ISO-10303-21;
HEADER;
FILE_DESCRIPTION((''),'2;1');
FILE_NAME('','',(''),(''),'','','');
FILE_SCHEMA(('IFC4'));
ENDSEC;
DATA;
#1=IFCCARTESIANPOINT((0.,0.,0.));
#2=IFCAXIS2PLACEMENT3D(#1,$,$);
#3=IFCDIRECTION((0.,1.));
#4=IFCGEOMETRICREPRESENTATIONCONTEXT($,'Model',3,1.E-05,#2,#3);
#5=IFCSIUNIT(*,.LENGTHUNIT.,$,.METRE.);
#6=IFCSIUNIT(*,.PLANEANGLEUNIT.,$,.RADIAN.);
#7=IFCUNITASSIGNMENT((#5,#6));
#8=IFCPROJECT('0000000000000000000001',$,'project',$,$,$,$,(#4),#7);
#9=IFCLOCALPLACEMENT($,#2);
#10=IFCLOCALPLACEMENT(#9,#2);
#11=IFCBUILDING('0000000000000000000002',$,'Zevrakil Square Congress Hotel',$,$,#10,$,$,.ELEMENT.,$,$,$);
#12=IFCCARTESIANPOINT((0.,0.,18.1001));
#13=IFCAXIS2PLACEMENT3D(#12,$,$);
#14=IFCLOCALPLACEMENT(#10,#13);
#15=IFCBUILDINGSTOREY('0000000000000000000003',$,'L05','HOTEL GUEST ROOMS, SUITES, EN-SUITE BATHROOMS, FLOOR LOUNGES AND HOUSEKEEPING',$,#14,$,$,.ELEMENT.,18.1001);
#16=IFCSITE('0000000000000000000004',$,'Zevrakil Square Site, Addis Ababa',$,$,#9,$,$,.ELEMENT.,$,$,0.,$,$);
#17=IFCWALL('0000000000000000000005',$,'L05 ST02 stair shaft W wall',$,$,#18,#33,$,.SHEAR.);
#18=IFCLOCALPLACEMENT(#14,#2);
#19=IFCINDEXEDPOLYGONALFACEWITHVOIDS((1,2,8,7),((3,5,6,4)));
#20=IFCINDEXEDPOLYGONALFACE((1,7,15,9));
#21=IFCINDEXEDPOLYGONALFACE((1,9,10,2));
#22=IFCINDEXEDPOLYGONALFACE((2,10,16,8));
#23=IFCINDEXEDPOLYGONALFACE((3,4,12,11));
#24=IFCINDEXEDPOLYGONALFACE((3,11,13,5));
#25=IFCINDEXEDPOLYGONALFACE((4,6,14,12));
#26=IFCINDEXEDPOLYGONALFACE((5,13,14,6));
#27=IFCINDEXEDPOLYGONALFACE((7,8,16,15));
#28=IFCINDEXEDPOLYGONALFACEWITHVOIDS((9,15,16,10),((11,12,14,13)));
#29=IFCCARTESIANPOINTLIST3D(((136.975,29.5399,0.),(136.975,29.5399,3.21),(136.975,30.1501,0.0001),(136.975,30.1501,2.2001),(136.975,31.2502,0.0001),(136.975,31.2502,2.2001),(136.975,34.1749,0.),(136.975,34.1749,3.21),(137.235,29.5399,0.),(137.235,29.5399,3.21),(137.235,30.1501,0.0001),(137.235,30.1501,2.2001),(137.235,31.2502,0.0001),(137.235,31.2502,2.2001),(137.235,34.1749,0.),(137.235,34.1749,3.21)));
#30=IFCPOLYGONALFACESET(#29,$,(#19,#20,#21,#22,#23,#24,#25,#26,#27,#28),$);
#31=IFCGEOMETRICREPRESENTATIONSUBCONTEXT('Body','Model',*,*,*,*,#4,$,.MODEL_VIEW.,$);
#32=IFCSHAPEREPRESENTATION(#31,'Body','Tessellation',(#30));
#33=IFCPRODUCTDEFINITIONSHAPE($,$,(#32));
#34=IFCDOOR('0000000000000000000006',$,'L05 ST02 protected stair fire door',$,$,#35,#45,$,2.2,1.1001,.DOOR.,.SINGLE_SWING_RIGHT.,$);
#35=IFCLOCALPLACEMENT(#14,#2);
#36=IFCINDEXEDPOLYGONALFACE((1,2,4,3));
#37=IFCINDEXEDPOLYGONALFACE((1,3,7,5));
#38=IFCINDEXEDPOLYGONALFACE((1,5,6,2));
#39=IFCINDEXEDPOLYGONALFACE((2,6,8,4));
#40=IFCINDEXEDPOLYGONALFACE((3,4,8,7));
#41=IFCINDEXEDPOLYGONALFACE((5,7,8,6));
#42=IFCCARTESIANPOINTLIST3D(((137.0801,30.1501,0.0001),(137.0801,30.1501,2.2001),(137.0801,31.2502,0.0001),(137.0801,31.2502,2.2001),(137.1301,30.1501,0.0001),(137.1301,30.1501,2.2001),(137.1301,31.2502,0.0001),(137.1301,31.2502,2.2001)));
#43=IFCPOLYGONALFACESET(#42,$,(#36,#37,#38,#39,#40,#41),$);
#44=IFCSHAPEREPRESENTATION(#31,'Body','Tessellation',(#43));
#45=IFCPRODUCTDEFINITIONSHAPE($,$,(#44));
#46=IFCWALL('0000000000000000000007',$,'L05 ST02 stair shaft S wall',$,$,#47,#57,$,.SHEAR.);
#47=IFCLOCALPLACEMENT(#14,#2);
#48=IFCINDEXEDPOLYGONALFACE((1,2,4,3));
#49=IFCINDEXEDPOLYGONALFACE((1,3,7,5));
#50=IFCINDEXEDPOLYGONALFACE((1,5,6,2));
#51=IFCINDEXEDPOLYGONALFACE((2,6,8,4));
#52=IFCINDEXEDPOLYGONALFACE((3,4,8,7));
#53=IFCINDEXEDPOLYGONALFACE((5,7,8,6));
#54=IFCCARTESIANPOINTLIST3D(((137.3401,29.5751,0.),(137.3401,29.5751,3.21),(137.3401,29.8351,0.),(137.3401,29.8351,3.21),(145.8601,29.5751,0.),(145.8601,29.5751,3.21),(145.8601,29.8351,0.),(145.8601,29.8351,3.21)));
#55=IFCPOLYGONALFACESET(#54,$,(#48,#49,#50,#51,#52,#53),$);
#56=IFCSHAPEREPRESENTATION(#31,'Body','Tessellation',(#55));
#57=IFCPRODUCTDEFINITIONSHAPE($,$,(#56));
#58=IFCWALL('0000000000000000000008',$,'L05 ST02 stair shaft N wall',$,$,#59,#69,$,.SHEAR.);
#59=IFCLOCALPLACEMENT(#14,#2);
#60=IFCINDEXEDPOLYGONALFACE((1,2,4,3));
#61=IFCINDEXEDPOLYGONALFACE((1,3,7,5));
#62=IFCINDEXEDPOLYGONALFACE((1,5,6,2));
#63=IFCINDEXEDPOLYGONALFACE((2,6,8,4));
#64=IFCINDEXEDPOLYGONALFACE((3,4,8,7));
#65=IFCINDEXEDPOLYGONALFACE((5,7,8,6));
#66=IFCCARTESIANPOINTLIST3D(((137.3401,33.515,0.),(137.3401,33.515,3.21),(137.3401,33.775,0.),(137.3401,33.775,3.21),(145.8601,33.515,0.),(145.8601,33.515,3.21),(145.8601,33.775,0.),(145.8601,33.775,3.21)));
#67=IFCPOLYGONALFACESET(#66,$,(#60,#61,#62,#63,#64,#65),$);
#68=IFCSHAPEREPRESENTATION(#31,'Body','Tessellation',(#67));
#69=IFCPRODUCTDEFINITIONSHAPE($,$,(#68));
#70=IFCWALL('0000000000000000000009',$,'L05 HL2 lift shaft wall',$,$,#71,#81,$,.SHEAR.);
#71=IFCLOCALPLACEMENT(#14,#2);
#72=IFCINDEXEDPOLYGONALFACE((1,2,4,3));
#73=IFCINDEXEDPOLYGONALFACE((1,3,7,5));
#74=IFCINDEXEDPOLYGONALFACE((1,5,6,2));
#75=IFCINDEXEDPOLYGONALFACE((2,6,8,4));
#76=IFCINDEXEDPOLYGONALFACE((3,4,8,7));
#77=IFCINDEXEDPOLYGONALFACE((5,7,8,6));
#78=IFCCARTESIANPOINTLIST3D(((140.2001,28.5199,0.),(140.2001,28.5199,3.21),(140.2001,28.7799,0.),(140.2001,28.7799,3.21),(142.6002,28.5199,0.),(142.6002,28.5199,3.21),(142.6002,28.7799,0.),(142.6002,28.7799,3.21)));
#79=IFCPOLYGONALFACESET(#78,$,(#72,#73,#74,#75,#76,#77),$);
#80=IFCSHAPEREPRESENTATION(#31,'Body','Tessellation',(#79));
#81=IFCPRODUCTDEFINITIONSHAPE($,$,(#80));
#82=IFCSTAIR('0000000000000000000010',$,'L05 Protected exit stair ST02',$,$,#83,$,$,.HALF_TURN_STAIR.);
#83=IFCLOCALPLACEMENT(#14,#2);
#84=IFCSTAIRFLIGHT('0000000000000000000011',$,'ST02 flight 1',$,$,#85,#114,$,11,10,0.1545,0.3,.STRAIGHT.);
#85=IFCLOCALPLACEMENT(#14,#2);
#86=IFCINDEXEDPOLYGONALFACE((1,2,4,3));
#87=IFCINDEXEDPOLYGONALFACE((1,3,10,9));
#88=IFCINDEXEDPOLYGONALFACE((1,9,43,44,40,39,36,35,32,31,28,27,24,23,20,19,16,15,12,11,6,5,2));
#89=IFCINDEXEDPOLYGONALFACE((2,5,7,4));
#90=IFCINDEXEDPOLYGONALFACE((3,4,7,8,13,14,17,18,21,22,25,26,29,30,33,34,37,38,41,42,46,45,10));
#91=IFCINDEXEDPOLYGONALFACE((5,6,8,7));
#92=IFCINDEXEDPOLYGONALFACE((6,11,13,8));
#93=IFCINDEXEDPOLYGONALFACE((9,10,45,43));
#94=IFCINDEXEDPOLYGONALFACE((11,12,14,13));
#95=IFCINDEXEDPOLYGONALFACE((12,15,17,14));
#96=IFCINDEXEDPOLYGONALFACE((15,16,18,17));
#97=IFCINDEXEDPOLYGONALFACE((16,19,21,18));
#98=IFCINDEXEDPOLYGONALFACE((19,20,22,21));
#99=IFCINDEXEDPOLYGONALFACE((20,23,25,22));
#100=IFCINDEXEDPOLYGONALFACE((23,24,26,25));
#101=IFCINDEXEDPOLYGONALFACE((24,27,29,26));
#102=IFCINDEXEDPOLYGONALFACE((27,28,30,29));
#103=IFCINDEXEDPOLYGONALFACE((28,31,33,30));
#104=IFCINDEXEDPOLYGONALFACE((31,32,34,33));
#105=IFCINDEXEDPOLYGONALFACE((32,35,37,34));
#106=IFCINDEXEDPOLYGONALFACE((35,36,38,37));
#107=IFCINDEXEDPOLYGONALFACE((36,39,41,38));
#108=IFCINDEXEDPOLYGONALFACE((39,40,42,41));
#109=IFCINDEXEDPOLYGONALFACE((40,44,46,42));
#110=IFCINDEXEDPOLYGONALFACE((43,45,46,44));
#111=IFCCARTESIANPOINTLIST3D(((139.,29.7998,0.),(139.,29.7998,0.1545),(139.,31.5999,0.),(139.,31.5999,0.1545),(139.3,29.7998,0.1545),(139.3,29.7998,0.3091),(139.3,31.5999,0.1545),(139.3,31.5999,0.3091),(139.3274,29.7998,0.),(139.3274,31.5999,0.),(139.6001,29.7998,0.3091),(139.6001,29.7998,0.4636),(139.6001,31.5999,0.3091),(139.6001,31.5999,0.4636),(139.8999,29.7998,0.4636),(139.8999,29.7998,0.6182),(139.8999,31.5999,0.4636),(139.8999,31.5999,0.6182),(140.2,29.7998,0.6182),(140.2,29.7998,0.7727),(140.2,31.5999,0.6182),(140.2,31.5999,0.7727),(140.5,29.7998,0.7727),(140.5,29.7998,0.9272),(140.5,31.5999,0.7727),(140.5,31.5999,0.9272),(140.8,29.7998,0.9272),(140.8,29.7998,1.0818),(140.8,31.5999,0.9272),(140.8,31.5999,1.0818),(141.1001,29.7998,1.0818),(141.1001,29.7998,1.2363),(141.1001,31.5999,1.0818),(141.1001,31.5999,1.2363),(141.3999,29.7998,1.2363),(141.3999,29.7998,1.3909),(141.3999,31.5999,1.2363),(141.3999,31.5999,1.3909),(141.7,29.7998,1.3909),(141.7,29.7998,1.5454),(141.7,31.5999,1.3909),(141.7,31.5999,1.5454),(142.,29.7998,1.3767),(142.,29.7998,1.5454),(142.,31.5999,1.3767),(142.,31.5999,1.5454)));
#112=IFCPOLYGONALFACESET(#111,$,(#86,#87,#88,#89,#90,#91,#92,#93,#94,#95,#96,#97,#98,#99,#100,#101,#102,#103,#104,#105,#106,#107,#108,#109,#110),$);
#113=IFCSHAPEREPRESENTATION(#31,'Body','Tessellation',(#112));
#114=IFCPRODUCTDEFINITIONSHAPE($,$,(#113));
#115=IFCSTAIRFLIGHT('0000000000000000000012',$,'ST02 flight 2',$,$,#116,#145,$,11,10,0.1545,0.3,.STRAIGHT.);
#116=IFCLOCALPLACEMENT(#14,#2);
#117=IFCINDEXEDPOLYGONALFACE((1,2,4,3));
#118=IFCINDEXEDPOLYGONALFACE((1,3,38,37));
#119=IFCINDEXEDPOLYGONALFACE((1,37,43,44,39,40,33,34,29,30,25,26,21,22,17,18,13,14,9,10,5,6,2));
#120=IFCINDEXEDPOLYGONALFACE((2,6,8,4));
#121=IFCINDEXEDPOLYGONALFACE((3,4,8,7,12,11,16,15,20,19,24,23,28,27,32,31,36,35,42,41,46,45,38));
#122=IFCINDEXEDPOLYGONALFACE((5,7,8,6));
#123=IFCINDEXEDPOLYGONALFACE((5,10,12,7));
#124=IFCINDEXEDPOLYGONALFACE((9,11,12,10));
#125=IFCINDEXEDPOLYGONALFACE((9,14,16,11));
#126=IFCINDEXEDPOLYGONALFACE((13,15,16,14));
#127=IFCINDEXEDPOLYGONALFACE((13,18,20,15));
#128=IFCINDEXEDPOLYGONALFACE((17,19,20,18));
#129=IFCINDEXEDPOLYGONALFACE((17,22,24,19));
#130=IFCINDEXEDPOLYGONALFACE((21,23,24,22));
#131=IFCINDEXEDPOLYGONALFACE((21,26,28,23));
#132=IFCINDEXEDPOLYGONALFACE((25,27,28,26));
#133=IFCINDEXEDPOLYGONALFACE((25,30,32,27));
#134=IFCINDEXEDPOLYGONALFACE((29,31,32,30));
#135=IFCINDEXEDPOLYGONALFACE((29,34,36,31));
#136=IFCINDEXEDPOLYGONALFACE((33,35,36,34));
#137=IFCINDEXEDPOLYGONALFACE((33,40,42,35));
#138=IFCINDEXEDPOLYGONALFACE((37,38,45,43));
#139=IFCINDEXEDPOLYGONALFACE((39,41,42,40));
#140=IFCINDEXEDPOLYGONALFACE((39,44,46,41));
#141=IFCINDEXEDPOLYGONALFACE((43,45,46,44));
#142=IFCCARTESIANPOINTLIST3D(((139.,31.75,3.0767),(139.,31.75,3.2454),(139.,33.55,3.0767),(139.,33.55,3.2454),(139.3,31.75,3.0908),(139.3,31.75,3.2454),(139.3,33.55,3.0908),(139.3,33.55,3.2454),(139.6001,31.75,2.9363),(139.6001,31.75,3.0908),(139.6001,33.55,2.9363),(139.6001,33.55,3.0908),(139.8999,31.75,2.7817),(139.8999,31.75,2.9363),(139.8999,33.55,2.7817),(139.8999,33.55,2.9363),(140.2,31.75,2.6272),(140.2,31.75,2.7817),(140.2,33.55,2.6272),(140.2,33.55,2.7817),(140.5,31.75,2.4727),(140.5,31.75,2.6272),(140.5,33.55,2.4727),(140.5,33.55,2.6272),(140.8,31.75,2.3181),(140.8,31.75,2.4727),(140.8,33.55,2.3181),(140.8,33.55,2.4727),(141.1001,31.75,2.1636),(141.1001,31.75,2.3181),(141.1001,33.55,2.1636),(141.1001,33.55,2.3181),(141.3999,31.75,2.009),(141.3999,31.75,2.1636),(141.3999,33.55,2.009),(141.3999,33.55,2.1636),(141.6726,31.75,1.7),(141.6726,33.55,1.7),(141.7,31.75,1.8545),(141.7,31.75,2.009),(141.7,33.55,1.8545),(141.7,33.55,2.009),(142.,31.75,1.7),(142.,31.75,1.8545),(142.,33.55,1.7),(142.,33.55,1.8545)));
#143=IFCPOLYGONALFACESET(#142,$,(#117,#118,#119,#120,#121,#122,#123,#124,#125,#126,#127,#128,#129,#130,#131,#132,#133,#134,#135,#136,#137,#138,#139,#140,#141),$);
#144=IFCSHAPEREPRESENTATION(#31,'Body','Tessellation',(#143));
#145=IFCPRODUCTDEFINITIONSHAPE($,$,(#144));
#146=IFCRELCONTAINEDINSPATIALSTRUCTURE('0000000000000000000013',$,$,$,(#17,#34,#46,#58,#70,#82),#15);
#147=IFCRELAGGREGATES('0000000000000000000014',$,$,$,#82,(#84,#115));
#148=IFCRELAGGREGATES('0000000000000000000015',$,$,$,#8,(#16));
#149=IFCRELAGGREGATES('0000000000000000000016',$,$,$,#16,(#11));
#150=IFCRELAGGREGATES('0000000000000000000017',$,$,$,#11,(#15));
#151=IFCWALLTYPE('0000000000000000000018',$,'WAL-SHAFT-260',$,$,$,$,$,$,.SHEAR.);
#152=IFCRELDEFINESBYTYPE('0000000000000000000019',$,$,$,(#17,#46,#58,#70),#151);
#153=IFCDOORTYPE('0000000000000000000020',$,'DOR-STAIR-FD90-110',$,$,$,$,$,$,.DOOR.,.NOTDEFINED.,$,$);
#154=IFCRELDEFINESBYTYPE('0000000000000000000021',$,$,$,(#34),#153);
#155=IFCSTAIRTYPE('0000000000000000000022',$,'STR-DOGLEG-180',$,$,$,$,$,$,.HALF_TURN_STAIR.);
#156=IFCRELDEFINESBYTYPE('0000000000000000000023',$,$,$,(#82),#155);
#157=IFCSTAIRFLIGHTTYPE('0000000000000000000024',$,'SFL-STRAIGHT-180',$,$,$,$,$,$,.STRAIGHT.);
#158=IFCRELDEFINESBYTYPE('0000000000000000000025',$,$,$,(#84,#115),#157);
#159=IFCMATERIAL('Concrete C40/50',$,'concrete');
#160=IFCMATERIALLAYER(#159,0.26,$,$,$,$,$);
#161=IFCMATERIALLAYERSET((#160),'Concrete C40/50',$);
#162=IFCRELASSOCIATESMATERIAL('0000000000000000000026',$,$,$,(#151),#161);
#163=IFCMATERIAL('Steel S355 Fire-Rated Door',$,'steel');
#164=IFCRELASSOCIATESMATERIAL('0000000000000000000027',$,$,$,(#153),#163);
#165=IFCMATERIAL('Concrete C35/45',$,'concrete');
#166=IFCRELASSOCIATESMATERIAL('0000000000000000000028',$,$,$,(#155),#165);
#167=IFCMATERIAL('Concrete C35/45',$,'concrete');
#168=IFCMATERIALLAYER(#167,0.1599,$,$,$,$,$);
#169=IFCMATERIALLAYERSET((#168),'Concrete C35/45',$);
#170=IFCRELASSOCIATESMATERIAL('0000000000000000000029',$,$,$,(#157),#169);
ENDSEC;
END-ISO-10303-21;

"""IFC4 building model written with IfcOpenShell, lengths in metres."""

from ifc_helpers import new_model, si_unit, direction, frame, frame_2d, origin, place, context, subcontext, project, spatial, polyline, rectangle, outline, extrude, material, layer, layer_set, type_object, element, fill, aggregate, save


model = new_model("IFC4")

# Units and contexts
model_context = context("Model", 3, precision=1e-05, world=origin(), true_north=direction((0.0, 1.0)))
body_context = subcontext(model_context, "Body", "Model", "MODEL_VIEW")
ifc_project = project(units=[si_unit("LENGTHUNIT", "METRE"), si_unit("PLANEANGLEUNIT", "RADIAN")], contexts=[model_context])

# Site, building, storey
site_placement = place(None, origin())
site = spatial("IfcSite", under=ifc_project, at=site_placement, Name="Zevrakil Square Site, Addis Ababa", CompositionType="ELEMENT", RefElevation=0.0)
building_placement = place(site_placement, origin())
building = spatial("IfcBuilding", under=site, at=building_placement, Name="Zevrakil Square Congress Hotel", CompositionType="ELEMENT")
storey_placement = place(building_placement, frame((0.0, 0.0, 18.1001)))
storey = spatial("IfcBuildingStorey", under=building, at=storey_placement, Name="L05", Description="HOTEL GUEST ROOMS, SUITES, EN-SUITE BATHROOMS, FLOOR LOUNGES AND HOUSEKEEPING", CompositionType="ELEMENT", Elevation=18.1001)

# Wall, opening, door
ifc_material_1 = material(Name="Concrete C40/50", Category="concrete")
ifc_layer_1 = layer(ifc_material_1, 0.26)
ifc_layer_set_1 = layer_set([ifc_layer_1], Name="Concrete C40/50")
wall_type_1 = type_object("IfcWallType", Name="WAL-SHAFT-260", PredefinedType="SHEAR", material=ifc_layer_set_1)
wall_1_placement = place(storey_placement, frame((137.105, 29.54, 0.0), z_axis=(0.0, 0.0, 1.0), x_axis=(0.0, 1.0, 0.0)))
wall_1 = element("IfcWall", 1, at=wall_1_placement, inside=storey, type_object=wall_type_1, Name="L05 ST02 stair shaft W wall", PredefinedType="SHEAR", context=body_context, shape_type="SweptSolid", body=[
    extrude(rectangle(XDim=4.635, YDim=0.26, at=frame_2d((2.3174, 0.0))), origin(), (0.0, 0.0, 1.0), 3.21),
])
opening_1_placement = place(wall_1_placement, frame((0.6101, 0.0, 0.0)))
opening_1 = element("IfcOpeningElement", 2, at=opening_1_placement, cuts=wall_1, PredefinedType="OPENING", context=body_context, shape_type="SweptSolid", body=[
    extrude(rectangle(XDim=1.1001, YDim=2.2, at=frame_2d((0.55, 1.1001))), frame((0.0, 0.1401, 0.0), z_axis=(0.0, -1.0, 0.0), x_axis=(1.0, 0.0, 0.0)), (0.0, 0.0, 1.0), 0.28),
])
ifc_material_2 = material(Name="Steel S355 Fire-Rated Door", Category="steel")
door_type_1 = type_object("IfcDoorType", Name="DOR-STAIR-FD90-110", OperationType="NOTDEFINED", PredefinedType="DOOR", material=ifc_material_2)
door_1_placement = place(opening_1_placement, origin())
door_1 = element("IfcDoor", 3, at=door_1_placement, inside=storey, type_object=door_type_1, Name="L05 ST02 protected stair fire door", OperationType="SINGLE_SWING_RIGHT", OverallHeight=2.2, OverallWidth=1.1001, PredefinedType="DOOR", context=body_context, shape_type="SweptSolid", body=[
    extrude(rectangle(XDim=1.1001, YDim=2.2, at=frame_2d((0.55, 1.1001))), frame((0.0, 0.0249, 0.0), z_axis=(0.0, -1.0, 0.0), x_axis=(1.0, 0.0, 0.0)), (0.0, 0.0, 1.0), 0.05),
])
fill(opening_1, door_1)

# Walls
for number, where, z_axis, x_axis, name in (
    (4, (137.3401, 29.7051, 0.0), (0.0, 0.0, 1.0), (1.0, 0.0, 0.0), "L05 ST02 stair shaft S wall"),
    (5, (137.3401, 33.645, 0.0), (0.0, 0.0, 1.0), (1.0, 0.0, 0.0), "L05 ST02 stair shaft N wall"),
):
    element("IfcWall", number, at=place(storey_placement, frame(where, z_axis=z_axis, x_axis=x_axis)), inside=storey, type_object=wall_type_1, Name=name, PredefinedType="SHEAR", context=body_context, shape_type="SweptSolid", body=[
        extrude(rectangle(XDim=8.52, YDim=0.26, at=frame_2d((4.26, 0.0))), origin(), (0.0, 0.0, 1.0), 3.21),
    ])
wall_2_placement = place(storey_placement, frame((140.2, 28.6499, 0.0), z_axis=(0.0, 0.0, 1.0), x_axis=(1.0, 0.0, 0.0)))
element("IfcWall", 6, at=wall_2_placement, inside=storey, type_object=wall_type_1, Name="L05 HL2 lift shaft wall", PredefinedType="SHEAR", context=body_context, shape_type="SweptSolid", body=[
    extrude(rectangle(XDim=2.4001, YDim=0.26, at=frame_2d((1.2002, 0.0))), origin(), (0.0, 0.0, 1.0), 3.21),
])

# Stair, stair flights
ifc_material_3 = material(Name="Concrete C35/45", Category="concrete")
stair_type = type_object("IfcStairType", Name="STR-DOGLEG-180", PredefinedType="HALF_TURN_STAIR", material=ifc_material_3)
stair_placement = place(storey_placement, origin())
stair = element("IfcStair", 7, at=stair_placement, inside=storey, type_object=stair_type, Name="L05 Protected exit stair ST02", PredefinedType="HALF_TURN_STAIR")
ifc_material_4 = material(Name="Concrete C35/45", Category="concrete")
ifc_layer_2 = layer(ifc_material_4, 0.1599)
ifc_layer_set_2 = layer_set([ifc_layer_2], Name="Concrete C35/45")
stair_flight_type = type_object("IfcStairFlightType", Name="SFL-STRAIGHT-180", PredefinedType="STRAIGHT", material=ifc_layer_set_2)
stair_flight_1_placement = place(storey_placement, frame((139.0, 30.7, 0.0), z_axis=(0.0, 0.0, 1.0), x_axis=(1.0, 0.0, 0.0)))
stair_flight_1 = element("IfcStairFlight", 8, at=stair_flight_1_placement, type_object=stair_flight_type, Name="ST02 flight 1", NumberOfRisers=11, NumberOfTreads=10, PredefinedType="STRAIGHT", RiserHeight=0.1545, TreadLength=0.3, context=body_context, shape_type="SweptSolid", body=[
    extrude(outline(polyline([(0.0, 0.0), (0.0, 0.1545), (0.3, 0.1545), (0.3, 0.3091), (0.6001, 0.3091), (0.6001, 0.4636), (0.8999, 0.4636), (0.8999, 0.6182), (1.2, 0.6182), (1.2, 0.7727), (1.5, 0.7727), (1.5, 0.9272), (1.8, 0.9272), (1.8, 1.0818), (2.1001, 1.0818), (2.1001, 1.2363), (2.3999, 1.2363), (2.3999, 1.3909), (2.7, 1.3909), (2.7, 1.5454), (3.0, 1.5454), (3.0, 1.7), (3.0, 1.3767), (0.3274, 0.0), (0.0, 0.0)])), frame((0.0, 0.8999, 0.0), z_axis=(0.0, -1.0, 0.0), x_axis=(1.0, 0.0, 0.0)), (0.0, 0.0, 1.0), 1.8),
])
stair_flight_2_placement = place(storey_placement, frame((142.0, 32.6499, 1.7), z_axis=(0.0, 0.0, 1.0), x_axis=(-1.0, 0.0, 0.0)))
stair_flight_2 = element("IfcStairFlight", 9, at=stair_flight_2_placement, type_object=stair_flight_type, Name="ST02 flight 2", NumberOfRisers=11, NumberOfTreads=10, PredefinedType="STRAIGHT", RiserHeight=0.1545, TreadLength=0.3, context=body_context, shape_type="SweptSolid", body=[
    extrude(outline(polyline([(0.0, 0.0), (0.0, 0.1545), (0.3, 0.1545), (0.3, 0.3091), (0.6001, 0.3091), (0.6001, 0.4636), (0.8999, 0.4636), (0.8999, 0.6182), (1.2, 0.6182), (1.2, 0.7727), (1.5, 0.7727), (1.5, 0.9272), (1.8, 0.9272), (1.8, 1.0818), (2.1001, 1.0818), (2.1001, 1.2363), (2.3999, 1.2363), (2.3999, 1.3909), (2.7, 1.3909), (2.7, 1.5454), (3.0, 1.5454), (3.0, 1.7), (3.0, 1.3767), (0.3274, 0.0), (0.0, 0.0)])), frame((0.0, 0.8999, 0.0), z_axis=(0.0, -1.0, 0.0), x_axis=(1.0, 0.0, 0.0)), (0.0, 0.0, 1.0), 1.8),
])
aggregate(stair, [stair_flight_1, stair_flight_2])

save(model, "model.ifc")
